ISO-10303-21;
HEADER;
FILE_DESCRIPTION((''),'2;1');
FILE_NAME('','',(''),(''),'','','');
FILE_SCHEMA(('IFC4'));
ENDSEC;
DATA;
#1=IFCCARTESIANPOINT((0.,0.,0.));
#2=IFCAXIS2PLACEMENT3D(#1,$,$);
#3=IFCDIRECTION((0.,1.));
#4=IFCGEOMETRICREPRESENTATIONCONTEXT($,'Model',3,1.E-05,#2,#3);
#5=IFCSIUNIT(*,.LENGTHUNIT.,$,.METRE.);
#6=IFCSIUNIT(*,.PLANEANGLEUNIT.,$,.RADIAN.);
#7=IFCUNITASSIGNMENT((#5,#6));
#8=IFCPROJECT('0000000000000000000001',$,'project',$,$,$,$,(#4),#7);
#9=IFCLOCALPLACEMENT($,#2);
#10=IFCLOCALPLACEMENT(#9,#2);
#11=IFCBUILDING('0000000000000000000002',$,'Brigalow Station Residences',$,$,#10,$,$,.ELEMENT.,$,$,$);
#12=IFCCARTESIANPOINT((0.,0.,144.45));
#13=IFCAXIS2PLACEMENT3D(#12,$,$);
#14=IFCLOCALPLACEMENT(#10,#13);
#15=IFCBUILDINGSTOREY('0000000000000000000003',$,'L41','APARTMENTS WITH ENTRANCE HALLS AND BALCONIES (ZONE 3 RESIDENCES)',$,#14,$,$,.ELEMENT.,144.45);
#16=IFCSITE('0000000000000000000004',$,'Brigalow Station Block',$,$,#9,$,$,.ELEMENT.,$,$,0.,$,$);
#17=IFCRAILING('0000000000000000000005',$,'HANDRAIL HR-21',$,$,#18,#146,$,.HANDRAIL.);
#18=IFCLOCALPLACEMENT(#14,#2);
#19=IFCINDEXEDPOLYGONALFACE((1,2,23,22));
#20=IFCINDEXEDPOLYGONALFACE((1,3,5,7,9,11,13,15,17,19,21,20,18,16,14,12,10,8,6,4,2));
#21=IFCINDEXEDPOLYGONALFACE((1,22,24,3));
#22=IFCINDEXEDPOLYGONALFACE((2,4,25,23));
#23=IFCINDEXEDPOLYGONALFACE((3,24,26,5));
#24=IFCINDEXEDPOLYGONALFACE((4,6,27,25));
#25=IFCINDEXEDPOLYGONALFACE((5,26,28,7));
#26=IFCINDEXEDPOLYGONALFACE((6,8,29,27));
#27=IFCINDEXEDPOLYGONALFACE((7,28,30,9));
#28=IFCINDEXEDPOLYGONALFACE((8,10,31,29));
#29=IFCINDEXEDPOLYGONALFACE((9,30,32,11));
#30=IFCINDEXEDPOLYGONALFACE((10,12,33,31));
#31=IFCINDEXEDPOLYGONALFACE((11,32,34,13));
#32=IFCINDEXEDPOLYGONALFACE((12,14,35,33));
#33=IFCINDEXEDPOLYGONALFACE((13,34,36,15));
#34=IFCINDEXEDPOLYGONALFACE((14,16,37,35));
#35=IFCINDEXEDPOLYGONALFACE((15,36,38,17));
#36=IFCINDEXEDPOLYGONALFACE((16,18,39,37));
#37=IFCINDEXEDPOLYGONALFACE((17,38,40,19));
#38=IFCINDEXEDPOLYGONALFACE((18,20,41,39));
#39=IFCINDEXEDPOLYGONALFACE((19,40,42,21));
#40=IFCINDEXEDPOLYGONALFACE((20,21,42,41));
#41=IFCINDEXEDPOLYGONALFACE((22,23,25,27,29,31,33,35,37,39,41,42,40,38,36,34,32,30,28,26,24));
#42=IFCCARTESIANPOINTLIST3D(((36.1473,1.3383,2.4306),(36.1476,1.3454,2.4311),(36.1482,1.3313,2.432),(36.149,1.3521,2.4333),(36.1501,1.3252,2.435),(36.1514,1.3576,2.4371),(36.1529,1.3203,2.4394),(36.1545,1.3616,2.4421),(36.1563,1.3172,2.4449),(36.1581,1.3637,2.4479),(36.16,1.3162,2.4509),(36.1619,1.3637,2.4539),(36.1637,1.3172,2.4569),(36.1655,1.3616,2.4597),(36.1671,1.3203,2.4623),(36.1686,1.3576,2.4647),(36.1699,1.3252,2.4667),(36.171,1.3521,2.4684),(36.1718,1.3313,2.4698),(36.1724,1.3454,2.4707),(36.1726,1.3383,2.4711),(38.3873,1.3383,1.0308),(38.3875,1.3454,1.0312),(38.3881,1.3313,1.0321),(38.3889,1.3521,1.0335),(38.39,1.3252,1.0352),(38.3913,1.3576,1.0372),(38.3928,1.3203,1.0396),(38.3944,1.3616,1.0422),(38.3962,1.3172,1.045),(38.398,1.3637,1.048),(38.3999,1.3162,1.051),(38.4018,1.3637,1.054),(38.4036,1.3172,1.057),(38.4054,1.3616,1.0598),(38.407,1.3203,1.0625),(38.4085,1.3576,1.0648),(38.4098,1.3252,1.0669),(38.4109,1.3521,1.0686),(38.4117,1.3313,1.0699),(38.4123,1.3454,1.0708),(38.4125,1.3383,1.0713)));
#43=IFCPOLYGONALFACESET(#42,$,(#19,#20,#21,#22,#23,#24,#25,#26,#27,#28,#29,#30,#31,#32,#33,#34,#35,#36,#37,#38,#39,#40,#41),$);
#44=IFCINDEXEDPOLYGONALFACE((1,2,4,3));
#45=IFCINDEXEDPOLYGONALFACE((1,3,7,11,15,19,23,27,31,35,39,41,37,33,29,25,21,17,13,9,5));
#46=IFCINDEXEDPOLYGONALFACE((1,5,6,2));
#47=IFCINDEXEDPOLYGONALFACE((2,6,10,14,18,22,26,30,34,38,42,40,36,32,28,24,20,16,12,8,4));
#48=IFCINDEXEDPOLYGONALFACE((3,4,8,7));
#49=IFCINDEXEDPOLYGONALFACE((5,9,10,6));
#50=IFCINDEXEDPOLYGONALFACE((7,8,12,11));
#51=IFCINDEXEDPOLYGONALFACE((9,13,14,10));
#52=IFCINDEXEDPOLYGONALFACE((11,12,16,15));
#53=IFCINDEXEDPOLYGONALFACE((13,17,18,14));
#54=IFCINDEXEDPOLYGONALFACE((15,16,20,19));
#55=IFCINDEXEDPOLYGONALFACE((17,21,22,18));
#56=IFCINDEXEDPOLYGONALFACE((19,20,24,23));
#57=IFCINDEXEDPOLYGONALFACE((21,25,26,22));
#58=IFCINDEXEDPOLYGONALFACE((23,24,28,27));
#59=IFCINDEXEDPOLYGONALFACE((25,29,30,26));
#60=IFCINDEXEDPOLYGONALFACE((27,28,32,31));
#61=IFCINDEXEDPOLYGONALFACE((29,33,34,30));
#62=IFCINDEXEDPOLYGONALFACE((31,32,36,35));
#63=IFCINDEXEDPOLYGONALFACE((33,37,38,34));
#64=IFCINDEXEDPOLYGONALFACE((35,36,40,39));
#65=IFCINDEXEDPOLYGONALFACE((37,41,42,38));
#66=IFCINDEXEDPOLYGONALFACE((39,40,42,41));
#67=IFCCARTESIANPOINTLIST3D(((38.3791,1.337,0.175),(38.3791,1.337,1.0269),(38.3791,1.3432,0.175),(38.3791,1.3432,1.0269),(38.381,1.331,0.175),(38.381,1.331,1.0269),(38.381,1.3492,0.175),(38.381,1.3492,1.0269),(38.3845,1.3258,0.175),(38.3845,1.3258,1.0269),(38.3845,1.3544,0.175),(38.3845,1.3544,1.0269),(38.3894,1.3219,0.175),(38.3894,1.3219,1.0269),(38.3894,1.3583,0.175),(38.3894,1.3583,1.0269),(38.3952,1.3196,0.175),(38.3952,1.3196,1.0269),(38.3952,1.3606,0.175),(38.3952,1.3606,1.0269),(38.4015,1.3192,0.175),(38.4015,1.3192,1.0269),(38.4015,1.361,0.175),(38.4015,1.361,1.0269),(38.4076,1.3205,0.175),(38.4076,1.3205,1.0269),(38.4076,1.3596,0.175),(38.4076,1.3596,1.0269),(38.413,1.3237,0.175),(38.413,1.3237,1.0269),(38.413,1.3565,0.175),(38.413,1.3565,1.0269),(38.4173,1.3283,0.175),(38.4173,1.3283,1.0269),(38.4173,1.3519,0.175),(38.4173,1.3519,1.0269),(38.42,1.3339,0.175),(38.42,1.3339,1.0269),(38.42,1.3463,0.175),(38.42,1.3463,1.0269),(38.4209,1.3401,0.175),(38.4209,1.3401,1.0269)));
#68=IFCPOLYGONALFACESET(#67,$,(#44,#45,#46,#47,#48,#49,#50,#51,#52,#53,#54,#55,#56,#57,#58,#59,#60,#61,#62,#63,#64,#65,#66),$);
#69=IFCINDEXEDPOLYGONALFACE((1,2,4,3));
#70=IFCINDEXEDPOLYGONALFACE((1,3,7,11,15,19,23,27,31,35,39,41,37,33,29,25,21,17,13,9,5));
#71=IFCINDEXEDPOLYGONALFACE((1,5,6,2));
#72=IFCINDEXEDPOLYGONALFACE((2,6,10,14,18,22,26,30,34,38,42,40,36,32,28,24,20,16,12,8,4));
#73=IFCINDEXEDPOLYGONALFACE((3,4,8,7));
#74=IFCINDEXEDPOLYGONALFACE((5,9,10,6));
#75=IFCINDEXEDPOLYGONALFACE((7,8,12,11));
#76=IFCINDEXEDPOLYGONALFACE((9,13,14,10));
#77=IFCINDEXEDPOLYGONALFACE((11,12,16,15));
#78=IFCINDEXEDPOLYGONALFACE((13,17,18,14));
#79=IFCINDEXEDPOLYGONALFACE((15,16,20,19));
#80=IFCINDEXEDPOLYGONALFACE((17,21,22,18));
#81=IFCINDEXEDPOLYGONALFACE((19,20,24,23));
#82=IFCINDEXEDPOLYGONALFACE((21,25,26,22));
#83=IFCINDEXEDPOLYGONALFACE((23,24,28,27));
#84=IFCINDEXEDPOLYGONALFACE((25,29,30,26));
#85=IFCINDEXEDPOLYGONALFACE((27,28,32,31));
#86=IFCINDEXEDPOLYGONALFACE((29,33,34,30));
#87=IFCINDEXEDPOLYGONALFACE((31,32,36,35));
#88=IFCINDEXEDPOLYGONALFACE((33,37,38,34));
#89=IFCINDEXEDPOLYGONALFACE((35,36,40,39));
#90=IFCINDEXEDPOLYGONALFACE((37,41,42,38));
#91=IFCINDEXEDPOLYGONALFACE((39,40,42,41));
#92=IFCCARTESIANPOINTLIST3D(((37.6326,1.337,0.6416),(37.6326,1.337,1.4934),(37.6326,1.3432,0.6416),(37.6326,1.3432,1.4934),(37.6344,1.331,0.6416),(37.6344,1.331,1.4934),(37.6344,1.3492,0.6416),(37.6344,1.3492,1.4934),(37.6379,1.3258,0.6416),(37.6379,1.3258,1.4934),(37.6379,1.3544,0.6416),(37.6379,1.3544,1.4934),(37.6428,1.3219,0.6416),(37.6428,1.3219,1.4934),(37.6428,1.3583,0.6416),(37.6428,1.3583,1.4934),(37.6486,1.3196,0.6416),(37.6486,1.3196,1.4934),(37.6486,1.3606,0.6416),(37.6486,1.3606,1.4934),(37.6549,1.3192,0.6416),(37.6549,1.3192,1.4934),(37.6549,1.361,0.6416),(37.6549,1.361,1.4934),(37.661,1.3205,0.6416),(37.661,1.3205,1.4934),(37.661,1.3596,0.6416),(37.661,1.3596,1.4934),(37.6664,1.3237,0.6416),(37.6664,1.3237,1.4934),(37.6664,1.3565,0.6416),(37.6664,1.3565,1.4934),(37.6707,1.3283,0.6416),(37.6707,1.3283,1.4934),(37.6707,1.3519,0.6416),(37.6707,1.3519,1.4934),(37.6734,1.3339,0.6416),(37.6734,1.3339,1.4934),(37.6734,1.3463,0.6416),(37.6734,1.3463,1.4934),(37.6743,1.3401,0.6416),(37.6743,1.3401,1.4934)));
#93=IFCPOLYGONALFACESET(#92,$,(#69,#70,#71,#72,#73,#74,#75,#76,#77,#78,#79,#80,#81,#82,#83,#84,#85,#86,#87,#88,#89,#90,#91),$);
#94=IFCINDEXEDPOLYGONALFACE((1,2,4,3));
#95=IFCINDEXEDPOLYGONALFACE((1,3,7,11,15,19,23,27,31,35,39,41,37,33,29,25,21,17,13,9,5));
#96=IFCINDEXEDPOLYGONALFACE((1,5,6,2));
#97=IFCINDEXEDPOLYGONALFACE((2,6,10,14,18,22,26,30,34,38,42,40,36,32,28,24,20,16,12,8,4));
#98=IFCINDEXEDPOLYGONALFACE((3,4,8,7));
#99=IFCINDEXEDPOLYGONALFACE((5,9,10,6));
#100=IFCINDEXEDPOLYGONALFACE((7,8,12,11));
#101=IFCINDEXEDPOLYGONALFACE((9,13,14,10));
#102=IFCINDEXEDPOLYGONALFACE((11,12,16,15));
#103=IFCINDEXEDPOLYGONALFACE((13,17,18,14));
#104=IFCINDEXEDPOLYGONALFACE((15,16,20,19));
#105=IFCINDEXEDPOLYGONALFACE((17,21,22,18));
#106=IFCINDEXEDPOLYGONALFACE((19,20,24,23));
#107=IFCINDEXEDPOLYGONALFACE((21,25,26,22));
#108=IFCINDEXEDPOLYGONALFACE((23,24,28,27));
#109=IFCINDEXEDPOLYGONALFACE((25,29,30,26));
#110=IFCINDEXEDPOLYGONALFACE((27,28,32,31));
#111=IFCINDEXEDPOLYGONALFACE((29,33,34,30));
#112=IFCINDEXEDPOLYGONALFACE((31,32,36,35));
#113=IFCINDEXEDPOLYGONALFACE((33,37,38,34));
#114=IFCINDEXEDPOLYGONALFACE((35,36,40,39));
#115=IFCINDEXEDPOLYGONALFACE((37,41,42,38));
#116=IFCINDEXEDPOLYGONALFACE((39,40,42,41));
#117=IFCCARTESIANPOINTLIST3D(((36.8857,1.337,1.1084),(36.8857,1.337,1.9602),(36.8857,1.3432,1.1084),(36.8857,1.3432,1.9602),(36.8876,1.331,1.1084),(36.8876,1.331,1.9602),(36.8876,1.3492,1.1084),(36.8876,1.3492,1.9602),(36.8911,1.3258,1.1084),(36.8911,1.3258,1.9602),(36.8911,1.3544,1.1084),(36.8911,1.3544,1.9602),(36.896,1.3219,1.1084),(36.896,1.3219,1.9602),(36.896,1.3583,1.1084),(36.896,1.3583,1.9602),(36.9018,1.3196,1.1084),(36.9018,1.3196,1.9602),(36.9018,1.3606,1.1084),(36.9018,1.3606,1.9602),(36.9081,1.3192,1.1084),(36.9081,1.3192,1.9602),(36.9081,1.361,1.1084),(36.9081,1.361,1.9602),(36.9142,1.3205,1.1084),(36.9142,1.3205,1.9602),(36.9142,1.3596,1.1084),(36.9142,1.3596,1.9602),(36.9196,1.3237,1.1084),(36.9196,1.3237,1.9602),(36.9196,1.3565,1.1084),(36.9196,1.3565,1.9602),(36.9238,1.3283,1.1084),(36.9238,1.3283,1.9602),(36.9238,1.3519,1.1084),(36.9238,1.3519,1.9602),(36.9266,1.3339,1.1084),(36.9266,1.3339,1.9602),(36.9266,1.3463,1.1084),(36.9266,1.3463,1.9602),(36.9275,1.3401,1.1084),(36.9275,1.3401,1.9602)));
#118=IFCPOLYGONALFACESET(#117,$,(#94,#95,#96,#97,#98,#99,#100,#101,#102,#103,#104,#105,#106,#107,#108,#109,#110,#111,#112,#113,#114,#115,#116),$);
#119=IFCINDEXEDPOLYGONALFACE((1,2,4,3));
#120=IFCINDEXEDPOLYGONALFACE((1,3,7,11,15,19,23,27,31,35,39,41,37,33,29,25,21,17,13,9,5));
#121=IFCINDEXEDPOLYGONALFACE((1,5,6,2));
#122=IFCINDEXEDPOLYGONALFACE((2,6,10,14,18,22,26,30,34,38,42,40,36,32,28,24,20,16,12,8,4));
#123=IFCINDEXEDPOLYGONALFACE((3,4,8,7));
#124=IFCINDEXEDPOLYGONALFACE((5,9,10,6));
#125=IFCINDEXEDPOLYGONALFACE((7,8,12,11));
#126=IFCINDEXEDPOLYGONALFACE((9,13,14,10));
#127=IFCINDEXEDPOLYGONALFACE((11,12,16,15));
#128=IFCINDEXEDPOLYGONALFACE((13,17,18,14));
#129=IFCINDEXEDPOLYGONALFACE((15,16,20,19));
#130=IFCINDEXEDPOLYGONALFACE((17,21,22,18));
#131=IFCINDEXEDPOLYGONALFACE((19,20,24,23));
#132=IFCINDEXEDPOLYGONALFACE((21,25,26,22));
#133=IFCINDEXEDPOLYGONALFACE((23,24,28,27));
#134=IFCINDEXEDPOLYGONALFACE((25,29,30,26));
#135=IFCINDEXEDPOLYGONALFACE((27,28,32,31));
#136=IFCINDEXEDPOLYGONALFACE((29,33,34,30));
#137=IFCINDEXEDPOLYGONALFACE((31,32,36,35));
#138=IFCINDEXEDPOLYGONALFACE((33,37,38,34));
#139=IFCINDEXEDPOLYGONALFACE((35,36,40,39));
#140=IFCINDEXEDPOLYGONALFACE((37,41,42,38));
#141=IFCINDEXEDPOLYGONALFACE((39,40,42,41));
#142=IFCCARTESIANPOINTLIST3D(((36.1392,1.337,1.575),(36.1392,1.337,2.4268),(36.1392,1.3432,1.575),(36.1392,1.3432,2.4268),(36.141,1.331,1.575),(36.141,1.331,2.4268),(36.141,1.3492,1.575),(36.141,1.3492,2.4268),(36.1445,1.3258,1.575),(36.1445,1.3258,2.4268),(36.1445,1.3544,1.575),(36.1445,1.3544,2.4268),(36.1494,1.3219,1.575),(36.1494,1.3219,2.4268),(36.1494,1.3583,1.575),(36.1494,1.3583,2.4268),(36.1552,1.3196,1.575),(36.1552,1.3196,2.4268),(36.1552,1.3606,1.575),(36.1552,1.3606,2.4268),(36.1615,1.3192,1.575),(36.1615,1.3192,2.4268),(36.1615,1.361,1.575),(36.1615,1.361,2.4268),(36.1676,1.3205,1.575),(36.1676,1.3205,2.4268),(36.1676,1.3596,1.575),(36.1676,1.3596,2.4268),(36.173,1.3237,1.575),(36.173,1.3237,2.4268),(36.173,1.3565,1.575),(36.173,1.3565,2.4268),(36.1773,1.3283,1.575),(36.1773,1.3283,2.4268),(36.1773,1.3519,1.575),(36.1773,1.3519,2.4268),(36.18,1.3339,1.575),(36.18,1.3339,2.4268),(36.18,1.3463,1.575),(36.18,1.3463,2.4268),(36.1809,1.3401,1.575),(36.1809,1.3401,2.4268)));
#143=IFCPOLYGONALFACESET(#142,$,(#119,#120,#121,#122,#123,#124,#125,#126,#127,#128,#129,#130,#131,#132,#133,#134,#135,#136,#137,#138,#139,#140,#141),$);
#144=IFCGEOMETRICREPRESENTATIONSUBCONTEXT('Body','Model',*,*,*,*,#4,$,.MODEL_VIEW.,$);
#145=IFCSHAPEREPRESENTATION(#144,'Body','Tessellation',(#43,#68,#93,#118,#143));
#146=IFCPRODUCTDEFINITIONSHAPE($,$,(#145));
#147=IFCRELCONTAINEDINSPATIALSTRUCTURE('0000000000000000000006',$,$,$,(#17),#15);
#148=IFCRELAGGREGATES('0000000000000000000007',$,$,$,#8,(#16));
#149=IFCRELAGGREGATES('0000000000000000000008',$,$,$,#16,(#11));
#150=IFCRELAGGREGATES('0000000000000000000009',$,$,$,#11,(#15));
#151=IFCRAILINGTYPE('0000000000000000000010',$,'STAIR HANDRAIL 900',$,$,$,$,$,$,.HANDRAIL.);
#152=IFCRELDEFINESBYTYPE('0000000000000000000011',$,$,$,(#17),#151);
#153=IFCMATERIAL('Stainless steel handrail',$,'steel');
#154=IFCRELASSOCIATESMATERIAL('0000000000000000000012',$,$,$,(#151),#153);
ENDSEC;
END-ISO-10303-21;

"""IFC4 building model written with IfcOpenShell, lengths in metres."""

from ifc_helpers import new_model, si_unit, direction, frame, origin, origin_2d, place, context, subcontext, project, spatial, circle, extrude, material, type_object, element, save


model = new_model("IFC4")

# Units and contexts
model_context = context("Model", 3, precision=1e-05, world=origin(), true_north=direction((0.0, 1.0)))
body_context = subcontext(model_context, "Body", "Model", "MODEL_VIEW")
ifc_project = project(units=[si_unit("LENGTHUNIT", "METRE"), si_unit("PLANEANGLEUNIT", "RADIAN")], contexts=[model_context])

# Site, building, storey
site_placement = place(None, origin())
site = spatial("IfcSite", under=ifc_project, at=site_placement, Name="Brigalow Station Block", CompositionType="ELEMENT", RefElevation=0.0)
building_placement = place(site_placement, origin())
building = spatial("IfcBuilding", under=site, at=building_placement, Name="Brigalow Station Residences", CompositionType="ELEMENT")
storey_placement = place(building_placement, frame((0.0, 0.0, 144.45)))
storey = spatial("IfcBuildingStorey", under=building, at=storey_placement, Name="L41", Description="APARTMENTS WITH ENTRANCE HALLS AND BALCONIES (ZONE 3 RESIDENCES)", CompositionType="ELEMENT", Elevation=144.45)

# Railing
ifc_material_1 = material(Name="Stainless steel handrail", Category="steel")
railing_type_1 = type_object("IfcRailingType", Name="STAIR HANDRAIL 900", PredefinedType="HANDRAIL", material=ifc_material_1)
railing_1_placement = place(storey_placement, frame((38.3999, 1.3401, 0.175)))
element("IfcRailing", 1, at=railing_1_placement, inside=storey, type_object=railing_type_1, Name="HANDRAIL HR-21", PredefinedType="HANDRAIL", context=body_context, shape_type="SweptSolid", body=[
    extrude(circle(Radius=0.0239, at=origin_2d()), frame((0.0, 0.0, 0.876), z_axis=(-0.848014, 0.0, 0.529974), x_axis=(0.0, -1.0, 0.0)), (0.0, 0.0, 1.0), 2.6414),
    extrude(circle(Radius=0.021, at=origin_2d()), origin(), (0.0, 0.0, 1.0), 0.8518),
    extrude(circle(Radius=0.021, at=origin_2d()), frame((-0.7466, 0.0, 0.4666)), (0.0, 0.0, 1.0), 0.8518),
    extrude(circle(Radius=0.021, at=origin_2d()), frame((-1.4934, 0.0, 0.9333)), (0.0, 0.0, 1.0), 0.8518),
    extrude(circle(Radius=0.021, at=origin_2d()), frame((-2.24, 0.0, 1.3999)), (0.0, 0.0, 1.0), 0.8518),
])

save(model, "model.ifc")
